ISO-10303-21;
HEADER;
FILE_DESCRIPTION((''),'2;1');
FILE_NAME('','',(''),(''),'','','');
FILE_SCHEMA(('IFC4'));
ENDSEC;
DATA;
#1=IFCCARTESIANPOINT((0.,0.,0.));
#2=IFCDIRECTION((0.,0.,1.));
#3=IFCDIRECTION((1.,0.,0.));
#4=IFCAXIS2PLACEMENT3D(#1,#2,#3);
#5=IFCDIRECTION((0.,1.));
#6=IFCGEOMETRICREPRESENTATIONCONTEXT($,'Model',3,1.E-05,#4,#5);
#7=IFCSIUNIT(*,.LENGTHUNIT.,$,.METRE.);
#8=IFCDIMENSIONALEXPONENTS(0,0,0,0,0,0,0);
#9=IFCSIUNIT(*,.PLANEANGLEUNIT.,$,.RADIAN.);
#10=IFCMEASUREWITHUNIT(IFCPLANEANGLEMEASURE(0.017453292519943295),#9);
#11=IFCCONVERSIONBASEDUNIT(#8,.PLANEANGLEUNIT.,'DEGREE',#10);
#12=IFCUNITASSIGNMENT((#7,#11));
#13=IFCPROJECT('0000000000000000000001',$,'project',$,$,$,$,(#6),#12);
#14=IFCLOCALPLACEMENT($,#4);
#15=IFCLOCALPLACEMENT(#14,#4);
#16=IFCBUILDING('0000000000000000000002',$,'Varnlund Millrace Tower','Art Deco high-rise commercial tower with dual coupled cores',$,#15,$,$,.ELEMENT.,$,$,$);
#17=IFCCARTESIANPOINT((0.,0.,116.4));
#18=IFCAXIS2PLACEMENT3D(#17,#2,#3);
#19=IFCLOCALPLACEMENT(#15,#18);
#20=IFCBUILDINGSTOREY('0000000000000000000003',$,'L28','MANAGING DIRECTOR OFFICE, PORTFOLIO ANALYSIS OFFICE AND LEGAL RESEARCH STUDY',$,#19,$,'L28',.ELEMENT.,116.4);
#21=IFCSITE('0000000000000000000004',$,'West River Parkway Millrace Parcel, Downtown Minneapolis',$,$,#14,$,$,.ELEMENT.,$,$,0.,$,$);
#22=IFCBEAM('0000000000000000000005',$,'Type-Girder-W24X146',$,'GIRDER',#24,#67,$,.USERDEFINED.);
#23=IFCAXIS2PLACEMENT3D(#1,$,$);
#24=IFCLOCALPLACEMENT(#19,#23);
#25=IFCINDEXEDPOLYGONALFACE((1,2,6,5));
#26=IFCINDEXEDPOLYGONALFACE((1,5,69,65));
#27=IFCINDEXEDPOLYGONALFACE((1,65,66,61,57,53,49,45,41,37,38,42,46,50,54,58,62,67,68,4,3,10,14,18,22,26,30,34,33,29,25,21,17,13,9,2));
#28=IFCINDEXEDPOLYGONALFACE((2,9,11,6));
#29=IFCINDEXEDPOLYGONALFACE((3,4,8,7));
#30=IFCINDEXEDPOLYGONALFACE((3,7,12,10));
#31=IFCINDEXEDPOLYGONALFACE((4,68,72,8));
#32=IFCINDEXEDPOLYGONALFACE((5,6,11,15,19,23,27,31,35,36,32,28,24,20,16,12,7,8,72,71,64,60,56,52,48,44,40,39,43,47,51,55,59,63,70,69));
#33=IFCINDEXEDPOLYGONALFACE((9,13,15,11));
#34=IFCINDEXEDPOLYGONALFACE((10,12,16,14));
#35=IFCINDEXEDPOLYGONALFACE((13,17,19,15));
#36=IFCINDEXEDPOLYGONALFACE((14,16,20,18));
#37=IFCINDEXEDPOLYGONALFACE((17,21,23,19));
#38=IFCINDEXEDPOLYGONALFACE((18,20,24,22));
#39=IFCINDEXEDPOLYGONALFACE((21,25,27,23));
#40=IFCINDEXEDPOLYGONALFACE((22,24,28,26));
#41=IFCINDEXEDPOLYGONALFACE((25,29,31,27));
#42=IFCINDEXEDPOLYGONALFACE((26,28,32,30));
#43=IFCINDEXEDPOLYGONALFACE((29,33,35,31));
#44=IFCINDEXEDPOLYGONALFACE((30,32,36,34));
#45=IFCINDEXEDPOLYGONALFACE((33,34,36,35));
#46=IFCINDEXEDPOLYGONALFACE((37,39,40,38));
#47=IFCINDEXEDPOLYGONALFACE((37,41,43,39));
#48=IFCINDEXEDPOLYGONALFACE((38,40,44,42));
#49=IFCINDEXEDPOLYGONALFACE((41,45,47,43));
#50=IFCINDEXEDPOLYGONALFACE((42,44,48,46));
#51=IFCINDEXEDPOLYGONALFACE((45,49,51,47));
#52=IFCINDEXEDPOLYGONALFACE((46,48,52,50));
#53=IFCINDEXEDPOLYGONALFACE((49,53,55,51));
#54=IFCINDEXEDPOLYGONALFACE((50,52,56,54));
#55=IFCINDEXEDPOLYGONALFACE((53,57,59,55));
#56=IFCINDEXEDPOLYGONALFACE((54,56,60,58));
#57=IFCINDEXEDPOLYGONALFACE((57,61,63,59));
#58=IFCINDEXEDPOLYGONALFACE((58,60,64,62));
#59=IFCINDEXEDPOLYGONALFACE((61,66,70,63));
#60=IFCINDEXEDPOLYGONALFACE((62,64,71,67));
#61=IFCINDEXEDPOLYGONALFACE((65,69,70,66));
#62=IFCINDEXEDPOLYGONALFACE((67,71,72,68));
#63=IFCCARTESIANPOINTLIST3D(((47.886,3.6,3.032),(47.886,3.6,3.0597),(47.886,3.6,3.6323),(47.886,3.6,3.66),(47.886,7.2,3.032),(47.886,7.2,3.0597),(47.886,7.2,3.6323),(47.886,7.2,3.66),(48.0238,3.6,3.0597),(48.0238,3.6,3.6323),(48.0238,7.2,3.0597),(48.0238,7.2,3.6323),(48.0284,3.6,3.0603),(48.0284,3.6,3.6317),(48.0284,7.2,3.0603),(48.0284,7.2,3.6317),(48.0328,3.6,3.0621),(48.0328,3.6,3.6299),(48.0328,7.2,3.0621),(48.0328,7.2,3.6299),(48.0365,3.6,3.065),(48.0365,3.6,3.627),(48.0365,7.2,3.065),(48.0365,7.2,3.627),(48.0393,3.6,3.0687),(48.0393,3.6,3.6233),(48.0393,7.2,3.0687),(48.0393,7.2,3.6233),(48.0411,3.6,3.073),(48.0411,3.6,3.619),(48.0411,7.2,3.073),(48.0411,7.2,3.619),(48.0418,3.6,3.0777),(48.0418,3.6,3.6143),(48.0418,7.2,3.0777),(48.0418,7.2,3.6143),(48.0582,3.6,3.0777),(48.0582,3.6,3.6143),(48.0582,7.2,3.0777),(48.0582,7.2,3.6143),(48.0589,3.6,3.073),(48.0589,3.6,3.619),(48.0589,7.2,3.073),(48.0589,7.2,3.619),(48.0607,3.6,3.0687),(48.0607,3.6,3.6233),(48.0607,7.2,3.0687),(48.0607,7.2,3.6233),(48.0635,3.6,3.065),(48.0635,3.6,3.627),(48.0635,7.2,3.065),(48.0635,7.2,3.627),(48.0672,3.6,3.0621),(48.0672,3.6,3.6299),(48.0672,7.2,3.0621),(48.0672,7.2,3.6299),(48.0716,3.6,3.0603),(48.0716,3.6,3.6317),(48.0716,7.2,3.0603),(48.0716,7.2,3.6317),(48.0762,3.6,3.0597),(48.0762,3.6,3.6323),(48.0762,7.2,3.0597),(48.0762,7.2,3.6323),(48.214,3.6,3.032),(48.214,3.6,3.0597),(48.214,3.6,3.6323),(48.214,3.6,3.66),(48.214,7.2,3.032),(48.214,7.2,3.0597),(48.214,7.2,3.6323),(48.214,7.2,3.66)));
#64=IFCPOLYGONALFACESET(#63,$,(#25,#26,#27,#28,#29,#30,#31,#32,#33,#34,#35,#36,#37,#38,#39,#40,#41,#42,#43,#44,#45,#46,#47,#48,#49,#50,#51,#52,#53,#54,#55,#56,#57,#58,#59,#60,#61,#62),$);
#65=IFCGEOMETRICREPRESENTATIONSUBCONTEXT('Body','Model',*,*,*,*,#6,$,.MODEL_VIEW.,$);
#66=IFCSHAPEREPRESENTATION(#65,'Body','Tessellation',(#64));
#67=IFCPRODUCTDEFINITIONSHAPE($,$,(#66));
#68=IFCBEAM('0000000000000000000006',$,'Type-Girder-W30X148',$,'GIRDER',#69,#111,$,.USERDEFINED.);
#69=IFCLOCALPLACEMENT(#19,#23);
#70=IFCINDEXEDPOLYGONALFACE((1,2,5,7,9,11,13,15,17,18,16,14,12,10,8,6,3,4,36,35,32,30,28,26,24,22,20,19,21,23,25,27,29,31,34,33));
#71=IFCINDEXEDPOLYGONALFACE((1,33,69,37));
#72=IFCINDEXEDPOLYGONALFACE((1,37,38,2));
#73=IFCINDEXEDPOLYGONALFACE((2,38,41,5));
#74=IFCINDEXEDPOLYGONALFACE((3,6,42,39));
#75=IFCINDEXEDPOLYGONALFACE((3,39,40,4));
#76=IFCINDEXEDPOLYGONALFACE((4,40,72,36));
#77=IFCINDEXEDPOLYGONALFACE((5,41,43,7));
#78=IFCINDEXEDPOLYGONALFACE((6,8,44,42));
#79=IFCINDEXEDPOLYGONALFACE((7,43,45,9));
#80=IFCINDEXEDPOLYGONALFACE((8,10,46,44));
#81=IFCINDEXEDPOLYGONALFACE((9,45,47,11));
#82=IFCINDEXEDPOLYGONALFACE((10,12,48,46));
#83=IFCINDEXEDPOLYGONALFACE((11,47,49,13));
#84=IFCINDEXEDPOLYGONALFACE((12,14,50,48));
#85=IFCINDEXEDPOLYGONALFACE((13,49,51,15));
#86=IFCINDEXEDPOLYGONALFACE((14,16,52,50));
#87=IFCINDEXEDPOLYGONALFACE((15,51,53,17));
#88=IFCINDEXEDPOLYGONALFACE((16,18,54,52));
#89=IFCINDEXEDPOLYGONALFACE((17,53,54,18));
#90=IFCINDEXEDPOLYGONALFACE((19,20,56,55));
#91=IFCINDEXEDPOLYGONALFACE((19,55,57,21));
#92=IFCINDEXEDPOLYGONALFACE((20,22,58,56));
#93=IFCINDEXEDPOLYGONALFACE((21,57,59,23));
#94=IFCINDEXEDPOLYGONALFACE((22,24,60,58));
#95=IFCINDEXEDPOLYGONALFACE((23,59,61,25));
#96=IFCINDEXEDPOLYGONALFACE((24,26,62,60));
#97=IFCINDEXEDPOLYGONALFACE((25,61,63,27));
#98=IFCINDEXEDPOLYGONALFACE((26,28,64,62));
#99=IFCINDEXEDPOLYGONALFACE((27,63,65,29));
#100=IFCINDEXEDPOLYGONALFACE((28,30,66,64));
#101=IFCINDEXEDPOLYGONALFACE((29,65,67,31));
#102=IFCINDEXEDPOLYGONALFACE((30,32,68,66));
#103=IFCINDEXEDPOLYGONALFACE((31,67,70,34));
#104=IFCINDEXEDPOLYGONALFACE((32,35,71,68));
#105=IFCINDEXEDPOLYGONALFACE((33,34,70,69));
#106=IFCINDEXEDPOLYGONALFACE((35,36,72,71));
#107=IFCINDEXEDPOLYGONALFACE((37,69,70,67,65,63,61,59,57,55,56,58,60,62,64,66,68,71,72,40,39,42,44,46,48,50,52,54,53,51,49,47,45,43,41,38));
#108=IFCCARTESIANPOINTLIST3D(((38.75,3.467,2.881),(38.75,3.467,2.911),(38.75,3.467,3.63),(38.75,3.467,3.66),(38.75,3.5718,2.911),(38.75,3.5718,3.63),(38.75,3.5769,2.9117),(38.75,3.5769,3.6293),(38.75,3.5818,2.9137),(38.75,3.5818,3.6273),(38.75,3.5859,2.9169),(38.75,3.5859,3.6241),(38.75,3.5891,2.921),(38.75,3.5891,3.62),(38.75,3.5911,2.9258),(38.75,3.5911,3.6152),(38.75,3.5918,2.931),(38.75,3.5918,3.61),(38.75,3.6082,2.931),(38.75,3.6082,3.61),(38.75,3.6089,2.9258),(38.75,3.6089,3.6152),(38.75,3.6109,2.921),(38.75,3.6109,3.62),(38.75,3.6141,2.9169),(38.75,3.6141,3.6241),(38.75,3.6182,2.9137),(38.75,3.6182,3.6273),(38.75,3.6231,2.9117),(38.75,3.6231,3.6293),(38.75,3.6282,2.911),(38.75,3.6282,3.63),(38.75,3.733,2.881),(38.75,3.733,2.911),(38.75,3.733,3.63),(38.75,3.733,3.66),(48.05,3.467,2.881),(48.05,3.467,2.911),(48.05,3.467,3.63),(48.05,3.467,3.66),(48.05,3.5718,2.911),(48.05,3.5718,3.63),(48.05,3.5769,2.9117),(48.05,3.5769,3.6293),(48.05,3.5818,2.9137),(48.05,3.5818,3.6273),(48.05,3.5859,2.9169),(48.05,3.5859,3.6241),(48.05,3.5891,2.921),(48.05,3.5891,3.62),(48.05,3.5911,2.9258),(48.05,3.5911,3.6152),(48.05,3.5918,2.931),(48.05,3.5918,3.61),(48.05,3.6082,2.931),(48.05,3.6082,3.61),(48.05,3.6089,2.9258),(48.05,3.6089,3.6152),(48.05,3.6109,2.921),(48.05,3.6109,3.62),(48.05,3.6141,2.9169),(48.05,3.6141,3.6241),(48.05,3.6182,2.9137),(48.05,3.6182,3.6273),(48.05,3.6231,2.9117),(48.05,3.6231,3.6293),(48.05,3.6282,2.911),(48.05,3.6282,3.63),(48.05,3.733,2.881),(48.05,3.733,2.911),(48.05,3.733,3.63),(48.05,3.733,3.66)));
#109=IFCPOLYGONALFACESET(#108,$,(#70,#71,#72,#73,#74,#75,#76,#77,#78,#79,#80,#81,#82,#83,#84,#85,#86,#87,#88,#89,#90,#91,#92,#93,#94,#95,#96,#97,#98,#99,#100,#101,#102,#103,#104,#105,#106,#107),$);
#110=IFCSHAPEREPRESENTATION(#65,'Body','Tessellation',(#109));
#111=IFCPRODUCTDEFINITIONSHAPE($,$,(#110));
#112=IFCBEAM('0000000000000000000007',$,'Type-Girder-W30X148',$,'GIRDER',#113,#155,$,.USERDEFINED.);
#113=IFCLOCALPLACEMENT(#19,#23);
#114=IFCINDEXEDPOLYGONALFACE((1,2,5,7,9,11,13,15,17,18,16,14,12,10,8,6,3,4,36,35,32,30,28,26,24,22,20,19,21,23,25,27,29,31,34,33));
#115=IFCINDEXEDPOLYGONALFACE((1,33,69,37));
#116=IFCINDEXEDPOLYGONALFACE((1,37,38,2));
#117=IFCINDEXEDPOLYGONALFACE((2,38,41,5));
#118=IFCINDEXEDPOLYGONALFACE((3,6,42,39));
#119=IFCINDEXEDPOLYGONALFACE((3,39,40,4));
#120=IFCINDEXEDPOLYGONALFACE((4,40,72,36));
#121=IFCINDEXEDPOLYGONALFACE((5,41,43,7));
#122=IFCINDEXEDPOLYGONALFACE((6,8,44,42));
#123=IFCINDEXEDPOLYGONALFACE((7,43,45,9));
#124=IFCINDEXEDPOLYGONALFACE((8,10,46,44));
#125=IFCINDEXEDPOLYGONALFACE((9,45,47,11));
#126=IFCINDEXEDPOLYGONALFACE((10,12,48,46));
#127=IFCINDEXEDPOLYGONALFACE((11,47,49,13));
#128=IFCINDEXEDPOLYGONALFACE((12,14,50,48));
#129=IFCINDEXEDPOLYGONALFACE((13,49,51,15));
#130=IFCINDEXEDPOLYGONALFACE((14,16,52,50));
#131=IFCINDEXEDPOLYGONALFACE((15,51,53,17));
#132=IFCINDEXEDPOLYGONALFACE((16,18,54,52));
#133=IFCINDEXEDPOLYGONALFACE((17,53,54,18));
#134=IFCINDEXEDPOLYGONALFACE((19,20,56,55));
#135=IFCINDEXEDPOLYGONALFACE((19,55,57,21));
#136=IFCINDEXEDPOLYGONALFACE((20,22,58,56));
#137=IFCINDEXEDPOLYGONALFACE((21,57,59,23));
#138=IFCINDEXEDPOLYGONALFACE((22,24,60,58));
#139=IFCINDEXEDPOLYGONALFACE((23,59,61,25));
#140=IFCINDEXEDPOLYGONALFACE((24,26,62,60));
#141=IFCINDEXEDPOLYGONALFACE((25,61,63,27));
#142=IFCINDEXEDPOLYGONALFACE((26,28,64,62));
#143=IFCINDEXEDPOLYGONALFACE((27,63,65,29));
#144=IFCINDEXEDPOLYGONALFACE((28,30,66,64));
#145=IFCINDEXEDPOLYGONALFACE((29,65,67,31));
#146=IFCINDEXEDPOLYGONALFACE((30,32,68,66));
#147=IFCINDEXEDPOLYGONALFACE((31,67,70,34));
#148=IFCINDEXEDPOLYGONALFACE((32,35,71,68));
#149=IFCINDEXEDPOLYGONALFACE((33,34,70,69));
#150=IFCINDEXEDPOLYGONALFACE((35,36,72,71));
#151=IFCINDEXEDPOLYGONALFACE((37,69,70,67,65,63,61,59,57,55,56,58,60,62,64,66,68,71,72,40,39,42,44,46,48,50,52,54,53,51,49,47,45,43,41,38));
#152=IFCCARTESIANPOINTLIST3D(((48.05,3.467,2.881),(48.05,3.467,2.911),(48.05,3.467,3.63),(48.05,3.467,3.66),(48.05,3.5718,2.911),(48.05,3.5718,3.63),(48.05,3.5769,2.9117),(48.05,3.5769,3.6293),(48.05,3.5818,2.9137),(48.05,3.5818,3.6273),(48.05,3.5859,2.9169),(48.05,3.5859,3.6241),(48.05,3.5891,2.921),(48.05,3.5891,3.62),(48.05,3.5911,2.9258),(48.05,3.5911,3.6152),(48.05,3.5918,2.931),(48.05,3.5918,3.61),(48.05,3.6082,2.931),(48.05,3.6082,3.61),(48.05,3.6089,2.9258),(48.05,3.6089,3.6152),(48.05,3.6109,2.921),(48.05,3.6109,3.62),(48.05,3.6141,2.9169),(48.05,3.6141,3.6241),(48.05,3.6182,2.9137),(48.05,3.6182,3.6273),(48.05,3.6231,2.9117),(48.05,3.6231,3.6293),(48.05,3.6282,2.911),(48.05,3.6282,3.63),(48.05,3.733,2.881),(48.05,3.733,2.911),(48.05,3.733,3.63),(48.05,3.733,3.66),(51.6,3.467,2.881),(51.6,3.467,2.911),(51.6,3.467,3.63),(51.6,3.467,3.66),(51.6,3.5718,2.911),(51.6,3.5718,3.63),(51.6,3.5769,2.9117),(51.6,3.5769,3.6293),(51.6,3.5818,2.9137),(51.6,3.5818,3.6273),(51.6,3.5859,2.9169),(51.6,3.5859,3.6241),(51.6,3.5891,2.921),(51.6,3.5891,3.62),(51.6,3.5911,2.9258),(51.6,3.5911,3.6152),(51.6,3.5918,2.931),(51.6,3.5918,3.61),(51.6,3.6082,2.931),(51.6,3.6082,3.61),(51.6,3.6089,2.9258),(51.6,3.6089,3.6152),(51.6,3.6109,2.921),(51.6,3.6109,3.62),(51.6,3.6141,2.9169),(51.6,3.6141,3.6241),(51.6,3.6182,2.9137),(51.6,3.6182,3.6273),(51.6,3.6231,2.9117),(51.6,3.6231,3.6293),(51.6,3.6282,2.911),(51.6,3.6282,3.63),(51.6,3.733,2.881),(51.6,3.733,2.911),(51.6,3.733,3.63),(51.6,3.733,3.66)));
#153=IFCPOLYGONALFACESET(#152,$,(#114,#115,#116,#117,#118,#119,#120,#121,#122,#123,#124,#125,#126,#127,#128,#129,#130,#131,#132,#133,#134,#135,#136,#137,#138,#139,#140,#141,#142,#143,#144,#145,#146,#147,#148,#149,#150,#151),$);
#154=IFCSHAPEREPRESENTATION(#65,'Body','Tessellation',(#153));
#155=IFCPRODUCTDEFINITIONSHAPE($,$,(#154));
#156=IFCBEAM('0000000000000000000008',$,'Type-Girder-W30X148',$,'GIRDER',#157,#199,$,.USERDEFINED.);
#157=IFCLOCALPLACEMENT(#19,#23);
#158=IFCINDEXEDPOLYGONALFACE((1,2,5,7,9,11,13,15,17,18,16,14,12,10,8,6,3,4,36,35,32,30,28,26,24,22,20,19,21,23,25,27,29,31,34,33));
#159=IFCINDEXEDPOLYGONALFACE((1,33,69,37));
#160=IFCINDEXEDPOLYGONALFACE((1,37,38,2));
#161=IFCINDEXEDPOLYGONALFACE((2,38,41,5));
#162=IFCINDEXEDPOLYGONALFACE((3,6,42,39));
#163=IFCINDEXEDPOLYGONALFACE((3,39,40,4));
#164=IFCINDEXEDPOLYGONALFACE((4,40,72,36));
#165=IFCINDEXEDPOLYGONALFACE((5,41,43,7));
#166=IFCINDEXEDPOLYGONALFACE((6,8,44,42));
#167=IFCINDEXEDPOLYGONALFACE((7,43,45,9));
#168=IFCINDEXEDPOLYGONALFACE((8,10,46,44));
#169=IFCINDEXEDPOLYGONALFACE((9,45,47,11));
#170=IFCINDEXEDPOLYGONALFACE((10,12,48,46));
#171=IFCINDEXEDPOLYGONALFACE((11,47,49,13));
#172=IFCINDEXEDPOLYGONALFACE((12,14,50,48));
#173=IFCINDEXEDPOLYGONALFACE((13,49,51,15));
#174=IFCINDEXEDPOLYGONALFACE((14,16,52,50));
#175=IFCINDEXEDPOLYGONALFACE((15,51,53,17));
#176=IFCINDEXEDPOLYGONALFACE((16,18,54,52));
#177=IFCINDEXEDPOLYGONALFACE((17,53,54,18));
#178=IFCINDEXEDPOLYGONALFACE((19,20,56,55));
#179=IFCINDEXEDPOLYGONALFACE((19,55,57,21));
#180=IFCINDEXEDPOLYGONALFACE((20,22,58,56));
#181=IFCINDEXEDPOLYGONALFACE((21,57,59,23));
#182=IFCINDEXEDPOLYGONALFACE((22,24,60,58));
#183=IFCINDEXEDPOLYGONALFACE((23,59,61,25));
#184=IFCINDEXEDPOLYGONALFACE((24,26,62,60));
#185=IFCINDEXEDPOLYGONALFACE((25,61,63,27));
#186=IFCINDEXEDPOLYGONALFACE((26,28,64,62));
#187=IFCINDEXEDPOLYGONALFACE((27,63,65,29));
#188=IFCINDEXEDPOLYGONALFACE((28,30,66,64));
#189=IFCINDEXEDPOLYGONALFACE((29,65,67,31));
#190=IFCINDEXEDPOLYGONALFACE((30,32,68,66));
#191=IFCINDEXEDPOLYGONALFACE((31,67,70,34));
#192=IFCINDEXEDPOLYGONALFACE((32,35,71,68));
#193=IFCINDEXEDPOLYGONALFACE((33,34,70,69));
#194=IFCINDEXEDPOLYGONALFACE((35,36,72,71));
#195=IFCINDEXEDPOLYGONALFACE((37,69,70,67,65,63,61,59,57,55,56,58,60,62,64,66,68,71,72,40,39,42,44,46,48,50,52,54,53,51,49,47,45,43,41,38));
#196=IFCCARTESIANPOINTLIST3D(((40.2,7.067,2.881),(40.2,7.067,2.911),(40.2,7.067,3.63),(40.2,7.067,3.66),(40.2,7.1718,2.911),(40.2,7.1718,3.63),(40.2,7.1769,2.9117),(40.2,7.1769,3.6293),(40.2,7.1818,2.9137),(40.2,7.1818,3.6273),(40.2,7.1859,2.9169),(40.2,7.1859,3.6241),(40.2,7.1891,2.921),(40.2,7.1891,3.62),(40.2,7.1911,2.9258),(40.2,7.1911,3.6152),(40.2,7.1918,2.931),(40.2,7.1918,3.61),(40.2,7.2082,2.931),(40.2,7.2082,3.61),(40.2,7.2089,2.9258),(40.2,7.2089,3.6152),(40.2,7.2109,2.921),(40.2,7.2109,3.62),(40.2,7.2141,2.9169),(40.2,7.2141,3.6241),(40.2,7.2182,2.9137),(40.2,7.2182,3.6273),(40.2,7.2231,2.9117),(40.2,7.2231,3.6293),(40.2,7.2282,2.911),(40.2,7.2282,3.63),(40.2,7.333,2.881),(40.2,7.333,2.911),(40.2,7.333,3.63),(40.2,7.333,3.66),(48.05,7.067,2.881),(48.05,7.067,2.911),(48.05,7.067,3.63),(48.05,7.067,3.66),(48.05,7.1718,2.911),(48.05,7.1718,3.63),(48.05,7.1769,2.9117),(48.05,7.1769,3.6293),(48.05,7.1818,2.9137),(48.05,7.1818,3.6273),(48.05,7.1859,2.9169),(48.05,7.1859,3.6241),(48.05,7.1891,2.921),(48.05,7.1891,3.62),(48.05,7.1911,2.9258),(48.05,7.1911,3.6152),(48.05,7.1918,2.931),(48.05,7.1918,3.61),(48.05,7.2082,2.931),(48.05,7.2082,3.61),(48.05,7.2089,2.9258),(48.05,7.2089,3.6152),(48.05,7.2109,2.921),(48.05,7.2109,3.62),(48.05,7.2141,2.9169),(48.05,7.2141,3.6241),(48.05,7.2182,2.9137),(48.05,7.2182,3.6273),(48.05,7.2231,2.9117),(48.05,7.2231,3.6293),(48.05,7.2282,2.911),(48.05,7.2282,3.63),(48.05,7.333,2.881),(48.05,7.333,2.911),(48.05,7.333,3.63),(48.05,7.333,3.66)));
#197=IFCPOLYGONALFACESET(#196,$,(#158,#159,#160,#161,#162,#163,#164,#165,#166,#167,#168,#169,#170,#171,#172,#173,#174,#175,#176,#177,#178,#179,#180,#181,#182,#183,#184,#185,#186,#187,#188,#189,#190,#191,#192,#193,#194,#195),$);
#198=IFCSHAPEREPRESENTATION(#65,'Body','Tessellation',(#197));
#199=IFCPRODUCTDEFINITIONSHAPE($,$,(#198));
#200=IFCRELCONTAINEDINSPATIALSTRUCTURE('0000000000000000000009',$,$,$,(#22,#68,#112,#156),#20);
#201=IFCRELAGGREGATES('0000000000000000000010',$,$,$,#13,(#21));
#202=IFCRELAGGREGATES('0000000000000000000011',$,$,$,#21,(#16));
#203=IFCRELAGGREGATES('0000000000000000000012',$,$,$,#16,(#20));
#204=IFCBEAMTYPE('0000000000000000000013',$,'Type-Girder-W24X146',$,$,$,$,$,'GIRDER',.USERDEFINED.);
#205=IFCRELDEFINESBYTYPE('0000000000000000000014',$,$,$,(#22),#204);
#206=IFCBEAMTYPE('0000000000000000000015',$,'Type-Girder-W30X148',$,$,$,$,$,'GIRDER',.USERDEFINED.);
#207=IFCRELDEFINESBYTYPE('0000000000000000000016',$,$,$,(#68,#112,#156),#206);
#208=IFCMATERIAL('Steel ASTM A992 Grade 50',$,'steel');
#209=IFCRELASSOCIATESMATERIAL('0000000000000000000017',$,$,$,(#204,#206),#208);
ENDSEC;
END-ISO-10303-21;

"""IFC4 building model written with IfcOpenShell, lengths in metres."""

from ifc_helpers import new_model, entity, si_unit, converted_unit, direction, frame, origin_with_axes, origin_2d_with_axis, place, context, subcontext, project, spatial, i_section, extrude, material, material_profile, profile_set, type_object, element, save


model = new_model("IFC4")

# Units and contexts
model_context = context("Model", 3, precision=1e-05, world=origin_with_axes(), true_north=direction((0.0, 1.0)))
body_context = subcontext(model_context, "Body", "Model", "MODEL_VIEW")
ifc_project = project(units=[si_unit("LENGTHUNIT", "METRE"), converted_unit("PLANEANGLEUNIT", "DEGREE", entity("IfcPlaneAngleMeasure", 0.017453292519943295), si_unit("PLANEANGLEUNIT", "RADIAN"), dimensions=[0, 0, 0, 0, 0, 0, 0])], contexts=[model_context])

# Site, building, storey
site_placement = place(None, origin_with_axes())
site = spatial("IfcSite", under=ifc_project, at=site_placement, Name="West River Parkway Millrace Parcel, Downtown Minneapolis", CompositionType="ELEMENT", RefElevation=0.0)
building_placement = place(site_placement, origin_with_axes())
building = spatial("IfcBuilding", under=site, at=building_placement, Name="Varnlund Millrace Tower", Description="Art Deco high-rise commercial tower with dual coupled cores", CompositionType="ELEMENT")
storey_placement = place(building_placement, frame((0.0, 0.0, 116.4), z_axis=(0.0, 0.0, 1.0), x_axis=(1.0, 0.0, 0.0)))
storey = spatial("IfcBuildingStorey", under=building, at=storey_placement, Name="L28", Description="MANAGING DIRECTOR OFFICE, PORTFOLIO ANALYSIS OFFICE AND LEGAL RESEARCH STUDY", LongName="L28", CompositionType="ELEMENT", Elevation=116.4)

# Beams
ifc_material_1 = material(Name="Steel ASTM A992 Grade 50", Category="steel")
ifc_material_profile_1 = material_profile(ifc_material_1, i_section(OverallWidth=0.328, OverallDepth=0.628, WebThickness=0.0165, FlangeThickness=0.0277, FilletRadius=0.018, at=origin_2d_with_axis()), Name="Steel ASTM A992 Grade 50")
ifc_profile_set_1 = profile_set([ifc_material_profile_1], Name="Steel ASTM A992 Grade 50")
beam_type_1 = type_object("IfcBeamType", Name="Type-Girder-W24X146", ElementType="GIRDER", PredefinedType="USERDEFINED", material=ifc_profile_set_1)
beam_1_placement = place(storey_placement, frame((48.05, 3.6, 3.346), z_axis=(0.0, 1.0, 0.0), x_axis=(-1.0, 0.0, 0.0)))
element("IfcBeam", 1, at=beam_1_placement, inside=storey, type_object=beam_type_1, Name="Type-Girder-W24X146", ObjectType="GIRDER", PredefinedType="USERDEFINED", context=body_context, shape_type="SweptSolid", body=[
    extrude(i_section(OverallWidth=0.328, OverallDepth=0.628, WebThickness=0.0165, FlangeThickness=0.0277, FilletRadius=0.018, at=origin_2d_with_axis()), origin_with_axes(), (0.0, 0.0, 1.0), 3.6),
])
ifc_material_profile_2 = material_profile(ifc_material_1, i_section(OverallWidth=0.266, OverallDepth=0.779, WebThickness=0.0165, FlangeThickness=0.03, FilletRadius=0.02, at=origin_2d_with_axis()), Name="Steel ASTM A992 Grade 50")
ifc_profile_set_2 = profile_set([ifc_material_profile_2], Name="Steel ASTM A992 Grade 50")
beam_type_2 = type_object("IfcBeamType", Name="Type-Girder-W30X148", ElementType="GIRDER", PredefinedType="USERDEFINED", material=ifc_profile_set_2)
beam_2_placement = place(storey_placement, frame((38.75, 3.6, 3.2705), z_axis=(1.0, 0.0, 0.0), x_axis=(0.0, 1.0, 0.0)))
element("IfcBeam", 2, at=beam_2_placement, inside=storey, type_object=beam_type_2, Name="Type-Girder-W30X148", ObjectType="GIRDER", PredefinedType="USERDEFINED", context=body_context, shape_type="SweptSolid", body=[
    extrude(i_section(OverallWidth=0.266, OverallDepth=0.779, WebThickness=0.0165, FlangeThickness=0.03, FilletRadius=0.02, at=origin_2d_with_axis()), origin_with_axes(), (0.0, 0.0, 1.0), 9.3),
])
beam_3_placement = place(storey_placement, frame((48.05, 3.6, 3.2705), z_axis=(1.0, 0.0, 0.0), x_axis=(0.0, 1.0, 0.0)))
element("IfcBeam", 3, at=beam_3_placement, inside=storey, type_object=beam_type_2, Name="Type-Girder-W30X148", ObjectType="GIRDER", PredefinedType="USERDEFINED", context=body_context, shape_type="SweptSolid", body=[
    extrude(i_section(OverallWidth=0.266, OverallDepth=0.779, WebThickness=0.0165, FlangeThickness=0.03, FilletRadius=0.02, at=origin_2d_with_axis()), origin_with_axes(), (0.0, 0.0, 1.0), 3.55),
])
beam_4_placement = place(storey_placement, frame((40.2, 7.2, 3.2705), z_axis=(1.0, 0.0, 0.0), x_axis=(0.0, 1.0, 0.0)))
element("IfcBeam", 4, at=beam_4_placement, inside=storey, type_object=beam_type_2, Name="Type-Girder-W30X148", ObjectType="GIRDER", PredefinedType="USERDEFINED", context=body_context, shape_type="SweptSolid", body=[
    extrude(i_section(OverallWidth=0.266, OverallDepth=0.779, WebThickness=0.0165, FlangeThickness=0.03, FilletRadius=0.02, at=origin_2d_with_axis()), origin_with_axes(), (0.0, 0.0, 1.0), 7.85),
])

save(model, "model.ifc")
